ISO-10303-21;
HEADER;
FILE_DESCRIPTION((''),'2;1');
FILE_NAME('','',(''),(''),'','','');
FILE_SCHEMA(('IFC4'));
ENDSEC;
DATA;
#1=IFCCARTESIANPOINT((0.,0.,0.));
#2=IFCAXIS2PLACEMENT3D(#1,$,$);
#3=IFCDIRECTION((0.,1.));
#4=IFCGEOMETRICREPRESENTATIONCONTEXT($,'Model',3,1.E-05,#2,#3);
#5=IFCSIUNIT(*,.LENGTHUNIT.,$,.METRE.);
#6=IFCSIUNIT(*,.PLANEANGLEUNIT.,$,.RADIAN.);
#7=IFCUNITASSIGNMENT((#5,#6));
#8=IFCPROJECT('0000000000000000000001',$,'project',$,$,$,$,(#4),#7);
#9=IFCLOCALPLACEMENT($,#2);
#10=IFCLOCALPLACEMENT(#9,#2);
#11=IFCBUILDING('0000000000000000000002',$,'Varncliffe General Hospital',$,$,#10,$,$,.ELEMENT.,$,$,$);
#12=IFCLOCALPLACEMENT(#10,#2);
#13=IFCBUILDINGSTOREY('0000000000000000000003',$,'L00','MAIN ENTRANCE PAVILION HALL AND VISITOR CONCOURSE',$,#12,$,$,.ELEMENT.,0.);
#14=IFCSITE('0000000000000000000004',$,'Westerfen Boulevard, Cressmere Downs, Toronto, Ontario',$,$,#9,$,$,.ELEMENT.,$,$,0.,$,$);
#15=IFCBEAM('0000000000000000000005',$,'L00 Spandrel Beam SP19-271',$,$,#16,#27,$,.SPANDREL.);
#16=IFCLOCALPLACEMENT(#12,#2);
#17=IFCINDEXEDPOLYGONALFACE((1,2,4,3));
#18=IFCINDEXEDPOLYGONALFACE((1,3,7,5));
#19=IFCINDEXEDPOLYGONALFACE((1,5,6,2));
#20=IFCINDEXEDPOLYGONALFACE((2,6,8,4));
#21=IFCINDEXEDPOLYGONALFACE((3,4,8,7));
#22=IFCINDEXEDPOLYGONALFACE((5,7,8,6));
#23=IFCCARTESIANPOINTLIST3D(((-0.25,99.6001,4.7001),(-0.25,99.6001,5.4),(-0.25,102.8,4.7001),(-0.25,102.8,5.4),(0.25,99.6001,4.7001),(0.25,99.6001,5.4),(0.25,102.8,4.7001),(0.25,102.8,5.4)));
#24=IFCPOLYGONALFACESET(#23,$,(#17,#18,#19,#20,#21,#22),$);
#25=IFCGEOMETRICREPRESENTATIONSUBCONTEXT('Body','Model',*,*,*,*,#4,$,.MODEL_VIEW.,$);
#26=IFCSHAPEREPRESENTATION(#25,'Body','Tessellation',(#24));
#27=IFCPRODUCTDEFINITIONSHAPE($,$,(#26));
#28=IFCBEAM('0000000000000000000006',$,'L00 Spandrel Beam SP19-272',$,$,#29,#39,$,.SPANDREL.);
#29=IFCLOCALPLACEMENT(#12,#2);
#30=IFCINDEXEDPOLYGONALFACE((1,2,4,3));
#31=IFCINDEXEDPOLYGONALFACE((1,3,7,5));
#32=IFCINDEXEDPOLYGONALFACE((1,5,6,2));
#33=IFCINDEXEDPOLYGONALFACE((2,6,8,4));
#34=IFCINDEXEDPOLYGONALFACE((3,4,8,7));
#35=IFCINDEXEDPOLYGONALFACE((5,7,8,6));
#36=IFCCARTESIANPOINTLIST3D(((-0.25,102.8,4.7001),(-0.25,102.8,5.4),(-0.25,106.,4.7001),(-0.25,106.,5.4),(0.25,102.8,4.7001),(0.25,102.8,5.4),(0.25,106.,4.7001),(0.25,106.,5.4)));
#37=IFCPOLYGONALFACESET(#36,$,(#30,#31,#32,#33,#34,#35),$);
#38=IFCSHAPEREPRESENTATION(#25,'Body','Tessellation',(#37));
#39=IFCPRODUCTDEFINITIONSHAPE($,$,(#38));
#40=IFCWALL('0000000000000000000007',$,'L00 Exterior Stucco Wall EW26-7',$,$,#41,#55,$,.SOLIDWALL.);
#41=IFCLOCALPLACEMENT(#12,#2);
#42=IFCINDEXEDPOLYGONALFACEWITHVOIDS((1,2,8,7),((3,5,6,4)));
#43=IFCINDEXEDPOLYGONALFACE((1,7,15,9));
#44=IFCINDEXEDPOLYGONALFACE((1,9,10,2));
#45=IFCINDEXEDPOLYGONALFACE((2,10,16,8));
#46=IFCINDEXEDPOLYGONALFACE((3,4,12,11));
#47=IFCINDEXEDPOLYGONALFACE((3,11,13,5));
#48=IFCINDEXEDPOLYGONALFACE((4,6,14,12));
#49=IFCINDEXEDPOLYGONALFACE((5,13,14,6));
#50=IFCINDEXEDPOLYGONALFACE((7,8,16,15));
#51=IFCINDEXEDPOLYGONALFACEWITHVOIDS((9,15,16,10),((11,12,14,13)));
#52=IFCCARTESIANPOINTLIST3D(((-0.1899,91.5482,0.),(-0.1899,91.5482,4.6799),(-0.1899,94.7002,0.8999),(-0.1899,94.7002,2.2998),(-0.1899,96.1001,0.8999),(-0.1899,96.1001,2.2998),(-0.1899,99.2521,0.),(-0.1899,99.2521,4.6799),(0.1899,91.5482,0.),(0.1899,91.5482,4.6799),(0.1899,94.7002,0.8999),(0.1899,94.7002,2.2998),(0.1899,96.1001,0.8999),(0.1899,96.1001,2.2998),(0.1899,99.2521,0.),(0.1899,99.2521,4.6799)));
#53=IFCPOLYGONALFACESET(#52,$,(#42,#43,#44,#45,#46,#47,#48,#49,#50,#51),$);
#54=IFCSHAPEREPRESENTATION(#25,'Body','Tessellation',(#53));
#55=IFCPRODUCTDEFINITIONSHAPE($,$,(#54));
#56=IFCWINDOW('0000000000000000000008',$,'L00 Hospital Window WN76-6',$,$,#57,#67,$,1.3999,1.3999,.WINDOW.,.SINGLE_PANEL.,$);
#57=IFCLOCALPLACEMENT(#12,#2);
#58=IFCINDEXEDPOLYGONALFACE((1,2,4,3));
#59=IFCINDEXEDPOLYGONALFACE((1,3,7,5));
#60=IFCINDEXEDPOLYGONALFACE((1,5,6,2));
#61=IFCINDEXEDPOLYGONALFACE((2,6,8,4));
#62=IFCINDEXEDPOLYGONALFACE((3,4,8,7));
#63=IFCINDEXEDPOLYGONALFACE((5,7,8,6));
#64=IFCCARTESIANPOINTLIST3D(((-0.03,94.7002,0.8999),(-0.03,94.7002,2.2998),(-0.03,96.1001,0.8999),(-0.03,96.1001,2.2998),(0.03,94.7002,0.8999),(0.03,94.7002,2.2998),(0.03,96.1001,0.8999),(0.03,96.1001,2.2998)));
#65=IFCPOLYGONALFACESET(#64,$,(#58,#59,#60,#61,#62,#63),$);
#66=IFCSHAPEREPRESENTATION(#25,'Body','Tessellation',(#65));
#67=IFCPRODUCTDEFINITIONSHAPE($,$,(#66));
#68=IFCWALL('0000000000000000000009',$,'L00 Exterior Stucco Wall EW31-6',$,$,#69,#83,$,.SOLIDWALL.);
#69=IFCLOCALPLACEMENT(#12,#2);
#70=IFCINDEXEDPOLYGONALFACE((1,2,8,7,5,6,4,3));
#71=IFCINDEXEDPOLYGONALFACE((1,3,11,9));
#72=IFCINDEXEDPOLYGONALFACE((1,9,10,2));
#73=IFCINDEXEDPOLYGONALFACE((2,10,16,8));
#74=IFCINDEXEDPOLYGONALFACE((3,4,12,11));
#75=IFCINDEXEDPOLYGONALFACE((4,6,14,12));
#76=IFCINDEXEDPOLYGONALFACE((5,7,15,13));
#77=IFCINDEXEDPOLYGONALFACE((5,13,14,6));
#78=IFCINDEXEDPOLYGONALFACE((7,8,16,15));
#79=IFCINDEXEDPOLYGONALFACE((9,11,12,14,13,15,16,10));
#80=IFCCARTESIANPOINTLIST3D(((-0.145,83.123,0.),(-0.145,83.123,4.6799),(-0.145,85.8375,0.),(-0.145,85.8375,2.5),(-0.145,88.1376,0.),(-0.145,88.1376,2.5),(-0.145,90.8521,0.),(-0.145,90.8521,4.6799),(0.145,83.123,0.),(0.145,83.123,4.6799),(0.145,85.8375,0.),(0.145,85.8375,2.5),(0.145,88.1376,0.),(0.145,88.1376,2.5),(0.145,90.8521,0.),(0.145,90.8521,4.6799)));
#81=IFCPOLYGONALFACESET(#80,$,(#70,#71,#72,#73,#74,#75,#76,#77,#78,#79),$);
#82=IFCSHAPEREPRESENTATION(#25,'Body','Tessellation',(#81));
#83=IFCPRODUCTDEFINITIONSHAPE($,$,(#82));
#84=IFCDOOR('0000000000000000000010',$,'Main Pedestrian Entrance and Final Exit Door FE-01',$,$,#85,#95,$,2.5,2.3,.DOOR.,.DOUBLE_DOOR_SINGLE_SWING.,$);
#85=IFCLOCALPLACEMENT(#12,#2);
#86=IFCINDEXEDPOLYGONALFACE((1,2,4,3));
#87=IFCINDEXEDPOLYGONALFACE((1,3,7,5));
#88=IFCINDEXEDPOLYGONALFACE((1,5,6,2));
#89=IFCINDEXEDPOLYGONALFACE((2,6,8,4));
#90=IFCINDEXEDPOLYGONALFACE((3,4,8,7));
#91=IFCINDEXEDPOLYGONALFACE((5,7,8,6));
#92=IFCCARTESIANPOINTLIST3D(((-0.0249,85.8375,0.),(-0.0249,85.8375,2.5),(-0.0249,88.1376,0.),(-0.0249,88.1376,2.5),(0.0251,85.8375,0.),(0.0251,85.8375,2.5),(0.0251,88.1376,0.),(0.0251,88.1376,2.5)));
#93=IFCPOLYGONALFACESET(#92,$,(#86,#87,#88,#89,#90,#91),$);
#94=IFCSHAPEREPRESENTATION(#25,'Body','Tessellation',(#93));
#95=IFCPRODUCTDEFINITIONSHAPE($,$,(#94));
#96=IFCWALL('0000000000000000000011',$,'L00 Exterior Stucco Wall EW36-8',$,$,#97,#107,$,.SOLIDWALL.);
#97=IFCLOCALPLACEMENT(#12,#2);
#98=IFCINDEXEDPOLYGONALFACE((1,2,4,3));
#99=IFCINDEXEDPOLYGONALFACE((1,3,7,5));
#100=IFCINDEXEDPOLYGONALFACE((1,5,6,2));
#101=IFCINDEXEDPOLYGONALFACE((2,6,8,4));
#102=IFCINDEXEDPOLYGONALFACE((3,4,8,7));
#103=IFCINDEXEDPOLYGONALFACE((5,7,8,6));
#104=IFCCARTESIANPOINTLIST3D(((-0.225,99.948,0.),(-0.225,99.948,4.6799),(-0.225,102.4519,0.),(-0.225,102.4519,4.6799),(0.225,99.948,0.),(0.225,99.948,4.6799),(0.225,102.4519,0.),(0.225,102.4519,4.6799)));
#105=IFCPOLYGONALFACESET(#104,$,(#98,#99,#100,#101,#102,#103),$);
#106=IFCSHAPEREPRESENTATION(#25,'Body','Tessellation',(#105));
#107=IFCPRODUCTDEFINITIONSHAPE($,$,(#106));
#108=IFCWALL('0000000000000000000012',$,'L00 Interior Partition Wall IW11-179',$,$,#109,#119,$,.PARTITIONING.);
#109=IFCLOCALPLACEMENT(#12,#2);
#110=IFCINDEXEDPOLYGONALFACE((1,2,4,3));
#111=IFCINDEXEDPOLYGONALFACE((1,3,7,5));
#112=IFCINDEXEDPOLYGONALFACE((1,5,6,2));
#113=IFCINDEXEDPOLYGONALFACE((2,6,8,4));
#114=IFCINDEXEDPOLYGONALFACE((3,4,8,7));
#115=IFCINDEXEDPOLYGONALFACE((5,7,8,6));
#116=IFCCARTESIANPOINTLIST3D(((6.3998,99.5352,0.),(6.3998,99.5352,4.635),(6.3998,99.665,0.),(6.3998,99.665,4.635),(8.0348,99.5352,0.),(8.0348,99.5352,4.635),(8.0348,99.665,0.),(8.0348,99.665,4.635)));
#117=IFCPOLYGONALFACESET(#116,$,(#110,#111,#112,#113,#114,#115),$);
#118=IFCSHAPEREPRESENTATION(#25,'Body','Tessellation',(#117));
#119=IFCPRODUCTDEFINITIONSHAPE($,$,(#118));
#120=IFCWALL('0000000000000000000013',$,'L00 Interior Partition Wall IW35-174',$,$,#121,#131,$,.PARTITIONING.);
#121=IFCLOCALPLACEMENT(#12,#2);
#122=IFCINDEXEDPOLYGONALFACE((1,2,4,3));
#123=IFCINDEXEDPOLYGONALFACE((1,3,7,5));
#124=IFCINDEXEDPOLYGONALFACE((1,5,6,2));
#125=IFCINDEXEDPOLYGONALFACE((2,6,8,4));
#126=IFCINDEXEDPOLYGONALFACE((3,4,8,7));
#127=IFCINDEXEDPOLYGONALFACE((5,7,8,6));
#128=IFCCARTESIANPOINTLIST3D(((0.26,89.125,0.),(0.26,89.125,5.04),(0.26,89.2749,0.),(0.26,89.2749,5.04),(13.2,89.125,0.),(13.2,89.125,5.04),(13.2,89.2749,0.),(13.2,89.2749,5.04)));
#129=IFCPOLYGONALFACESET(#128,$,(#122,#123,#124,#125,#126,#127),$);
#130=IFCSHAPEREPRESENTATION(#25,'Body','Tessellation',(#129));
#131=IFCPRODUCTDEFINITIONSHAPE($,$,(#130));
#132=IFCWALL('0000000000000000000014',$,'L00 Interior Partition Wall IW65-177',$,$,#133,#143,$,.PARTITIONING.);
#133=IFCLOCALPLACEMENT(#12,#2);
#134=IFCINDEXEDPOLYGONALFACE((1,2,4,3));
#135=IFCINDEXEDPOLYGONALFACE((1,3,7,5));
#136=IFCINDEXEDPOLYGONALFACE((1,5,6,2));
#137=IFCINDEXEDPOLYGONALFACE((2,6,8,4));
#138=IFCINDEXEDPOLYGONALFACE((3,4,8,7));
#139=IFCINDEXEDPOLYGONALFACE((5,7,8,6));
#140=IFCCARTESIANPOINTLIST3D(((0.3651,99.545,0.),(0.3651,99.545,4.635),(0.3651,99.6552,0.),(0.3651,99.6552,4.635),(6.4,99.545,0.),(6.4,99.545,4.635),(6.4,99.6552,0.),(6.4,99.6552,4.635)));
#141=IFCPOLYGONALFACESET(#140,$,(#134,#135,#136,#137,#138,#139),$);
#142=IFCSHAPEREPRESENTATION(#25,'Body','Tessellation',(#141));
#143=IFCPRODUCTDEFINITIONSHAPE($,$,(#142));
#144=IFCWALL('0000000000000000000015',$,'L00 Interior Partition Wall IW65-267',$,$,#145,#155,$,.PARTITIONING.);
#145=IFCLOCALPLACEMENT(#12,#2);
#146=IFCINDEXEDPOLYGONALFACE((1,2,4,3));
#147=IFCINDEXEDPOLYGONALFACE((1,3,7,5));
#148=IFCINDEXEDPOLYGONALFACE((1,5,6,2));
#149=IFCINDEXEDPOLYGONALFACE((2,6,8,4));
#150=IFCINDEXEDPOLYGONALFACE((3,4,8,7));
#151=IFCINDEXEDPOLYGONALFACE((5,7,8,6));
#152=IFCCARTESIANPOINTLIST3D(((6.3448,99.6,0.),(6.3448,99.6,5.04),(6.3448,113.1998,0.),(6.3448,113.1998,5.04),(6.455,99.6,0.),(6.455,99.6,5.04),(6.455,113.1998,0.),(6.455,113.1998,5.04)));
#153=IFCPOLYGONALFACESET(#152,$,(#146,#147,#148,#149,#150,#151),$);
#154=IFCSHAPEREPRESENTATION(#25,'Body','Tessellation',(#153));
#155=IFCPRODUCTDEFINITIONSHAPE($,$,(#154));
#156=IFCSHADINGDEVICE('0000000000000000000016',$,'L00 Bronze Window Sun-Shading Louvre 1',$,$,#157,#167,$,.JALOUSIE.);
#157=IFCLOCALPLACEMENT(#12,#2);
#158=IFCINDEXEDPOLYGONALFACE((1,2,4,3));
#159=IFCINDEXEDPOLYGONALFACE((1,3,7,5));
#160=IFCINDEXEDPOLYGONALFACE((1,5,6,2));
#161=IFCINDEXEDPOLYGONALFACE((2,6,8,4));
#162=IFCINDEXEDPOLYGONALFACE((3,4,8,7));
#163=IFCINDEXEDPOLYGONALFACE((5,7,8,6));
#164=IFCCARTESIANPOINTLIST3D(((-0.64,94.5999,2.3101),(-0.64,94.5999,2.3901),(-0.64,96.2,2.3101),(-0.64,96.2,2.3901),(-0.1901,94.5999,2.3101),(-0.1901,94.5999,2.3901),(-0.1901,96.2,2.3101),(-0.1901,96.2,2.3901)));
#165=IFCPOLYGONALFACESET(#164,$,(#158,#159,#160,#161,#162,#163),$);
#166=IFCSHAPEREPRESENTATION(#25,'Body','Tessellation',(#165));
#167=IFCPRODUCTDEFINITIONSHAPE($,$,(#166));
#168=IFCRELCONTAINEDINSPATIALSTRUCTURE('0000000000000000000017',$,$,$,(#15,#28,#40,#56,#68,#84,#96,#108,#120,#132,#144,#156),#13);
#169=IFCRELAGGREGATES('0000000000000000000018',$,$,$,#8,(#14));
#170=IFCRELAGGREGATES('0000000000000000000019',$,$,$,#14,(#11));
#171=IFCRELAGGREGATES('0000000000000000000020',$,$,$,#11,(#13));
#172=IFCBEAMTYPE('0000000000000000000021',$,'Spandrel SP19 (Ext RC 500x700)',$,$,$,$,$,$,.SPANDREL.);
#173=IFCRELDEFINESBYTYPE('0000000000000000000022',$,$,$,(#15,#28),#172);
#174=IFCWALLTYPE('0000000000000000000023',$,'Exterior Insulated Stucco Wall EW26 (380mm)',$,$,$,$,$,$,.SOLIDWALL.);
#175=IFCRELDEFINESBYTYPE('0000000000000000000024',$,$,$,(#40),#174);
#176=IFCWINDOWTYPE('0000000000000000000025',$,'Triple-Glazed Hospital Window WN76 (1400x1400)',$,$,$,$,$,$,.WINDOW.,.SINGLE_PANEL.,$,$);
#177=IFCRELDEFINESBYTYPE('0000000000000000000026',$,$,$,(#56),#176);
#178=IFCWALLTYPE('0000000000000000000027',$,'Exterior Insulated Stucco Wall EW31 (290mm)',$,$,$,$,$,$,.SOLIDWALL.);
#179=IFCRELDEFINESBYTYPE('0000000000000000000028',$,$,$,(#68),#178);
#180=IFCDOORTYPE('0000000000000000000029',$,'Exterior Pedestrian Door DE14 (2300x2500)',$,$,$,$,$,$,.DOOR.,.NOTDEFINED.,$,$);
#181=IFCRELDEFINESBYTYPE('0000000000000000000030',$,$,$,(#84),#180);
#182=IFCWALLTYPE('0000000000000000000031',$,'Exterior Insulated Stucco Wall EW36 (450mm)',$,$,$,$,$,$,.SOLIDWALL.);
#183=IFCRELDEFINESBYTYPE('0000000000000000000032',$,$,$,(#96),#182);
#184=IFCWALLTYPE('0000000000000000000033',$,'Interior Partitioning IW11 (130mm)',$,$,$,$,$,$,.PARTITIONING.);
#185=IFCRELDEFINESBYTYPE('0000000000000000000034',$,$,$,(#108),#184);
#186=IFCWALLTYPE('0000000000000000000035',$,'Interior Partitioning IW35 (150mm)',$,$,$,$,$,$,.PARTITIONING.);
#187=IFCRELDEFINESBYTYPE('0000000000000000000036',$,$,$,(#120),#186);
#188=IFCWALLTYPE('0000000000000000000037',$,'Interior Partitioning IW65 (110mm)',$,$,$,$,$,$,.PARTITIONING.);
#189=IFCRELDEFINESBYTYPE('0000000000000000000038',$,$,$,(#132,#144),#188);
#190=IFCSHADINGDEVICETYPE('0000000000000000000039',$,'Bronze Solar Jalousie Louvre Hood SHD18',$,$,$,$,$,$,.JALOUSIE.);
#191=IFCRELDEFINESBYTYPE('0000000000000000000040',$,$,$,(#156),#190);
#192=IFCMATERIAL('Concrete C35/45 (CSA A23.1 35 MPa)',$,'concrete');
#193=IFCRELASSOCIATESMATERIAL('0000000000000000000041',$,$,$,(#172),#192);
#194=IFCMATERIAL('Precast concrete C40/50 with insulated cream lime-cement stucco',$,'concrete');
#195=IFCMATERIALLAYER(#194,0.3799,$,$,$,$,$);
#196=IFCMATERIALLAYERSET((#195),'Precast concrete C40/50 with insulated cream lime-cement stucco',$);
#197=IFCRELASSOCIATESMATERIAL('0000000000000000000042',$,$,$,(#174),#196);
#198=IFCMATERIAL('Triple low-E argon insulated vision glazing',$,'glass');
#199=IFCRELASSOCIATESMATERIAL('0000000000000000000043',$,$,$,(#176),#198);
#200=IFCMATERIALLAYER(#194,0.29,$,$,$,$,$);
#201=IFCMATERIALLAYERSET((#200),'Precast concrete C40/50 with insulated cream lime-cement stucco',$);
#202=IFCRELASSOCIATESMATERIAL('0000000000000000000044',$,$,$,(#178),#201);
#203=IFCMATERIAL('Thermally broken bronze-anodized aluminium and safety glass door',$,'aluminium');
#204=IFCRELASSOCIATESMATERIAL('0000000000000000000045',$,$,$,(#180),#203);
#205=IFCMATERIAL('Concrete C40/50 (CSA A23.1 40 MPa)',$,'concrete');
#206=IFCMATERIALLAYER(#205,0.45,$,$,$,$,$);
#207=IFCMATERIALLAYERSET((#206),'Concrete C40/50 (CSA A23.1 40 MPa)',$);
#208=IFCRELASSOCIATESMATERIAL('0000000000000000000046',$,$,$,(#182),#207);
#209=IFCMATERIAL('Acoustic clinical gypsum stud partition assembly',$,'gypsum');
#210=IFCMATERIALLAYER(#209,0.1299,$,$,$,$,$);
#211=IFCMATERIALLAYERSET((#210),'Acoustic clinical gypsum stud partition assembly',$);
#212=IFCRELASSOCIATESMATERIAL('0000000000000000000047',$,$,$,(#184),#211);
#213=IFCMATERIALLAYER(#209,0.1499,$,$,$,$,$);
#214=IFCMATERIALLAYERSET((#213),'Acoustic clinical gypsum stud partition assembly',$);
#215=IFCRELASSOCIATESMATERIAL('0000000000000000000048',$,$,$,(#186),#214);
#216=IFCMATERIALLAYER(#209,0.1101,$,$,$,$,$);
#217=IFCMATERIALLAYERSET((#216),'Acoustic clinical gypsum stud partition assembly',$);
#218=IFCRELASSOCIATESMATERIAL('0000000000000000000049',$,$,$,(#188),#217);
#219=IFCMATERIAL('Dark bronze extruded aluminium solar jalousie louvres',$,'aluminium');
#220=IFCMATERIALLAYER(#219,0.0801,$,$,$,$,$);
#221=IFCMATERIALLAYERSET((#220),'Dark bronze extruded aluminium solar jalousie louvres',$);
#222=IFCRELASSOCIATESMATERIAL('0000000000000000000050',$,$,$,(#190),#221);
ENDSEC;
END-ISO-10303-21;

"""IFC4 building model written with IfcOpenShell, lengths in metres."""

from ifc_helpers import new_model, si_unit, direction, frame, frame_2d, origin, origin_2d, place, context, subcontext, project, spatial, rectangle, extrude, material, layer, layer_set, material_profile, profile_set, type_object, element, fill, save


model = new_model("IFC4")

# Units and contexts
model_context = context("Model", 3, precision=1e-05, world=origin(), true_north=direction((0.0, 1.0)))
body_context = subcontext(model_context, "Body", "Model", "MODEL_VIEW")
ifc_project = project(units=[si_unit("LENGTHUNIT", "METRE"), si_unit("PLANEANGLEUNIT", "RADIAN")], contexts=[model_context])

# Site, building, storey
site_placement = place(None, origin())
site = spatial("IfcSite", under=ifc_project, at=site_placement, Name="Westerfen Boulevard, Cressmere Downs, Toronto, Ontario", CompositionType="ELEMENT", RefElevation=0.0)
building_placement = place(site_placement, origin())
building = spatial("IfcBuilding", under=site, at=building_placement, Name="Varncliffe General Hospital", CompositionType="ELEMENT")
storey_placement = place(building_placement, origin())
storey = spatial("IfcBuildingStorey", under=building, at=storey_placement, Name="L00", Description="MAIN ENTRANCE PAVILION HALL AND VISITOR CONCOURSE", CompositionType="ELEMENT", Elevation=0.0)

# Shared definitions
ifc_material_1 = material(Name="Concrete C40/50 (CSA A23.1 40 MPa)", Category="concrete")

# Beams
ifc_material_2 = material(Name="Concrete C35/45 (CSA A23.1 35 MPa)", Category="concrete")
ifc_material_profile_1 = material_profile(ifc_material_2, rectangle(XDim=0.5, YDim=0.7, at=origin_2d()), Name="RC 500x700")
ifc_profile_set_1 = profile_set([ifc_material_profile_1], Name="Concrete C35/45 (CSA A23.1 35 MPa)")
beam_type_1 = type_object("IfcBeamType", Name="Spandrel SP19 (Ext RC 500x700)", PredefinedType="SPANDREL", material=ifc_profile_set_1)
for number, where, z_axis, x_axis, name in (
    (1, (0.0, 99.6001, 5.05), (0.0, 1.0, 0.0), (-1.0, 0.0, 0.0), "L00 Spandrel Beam SP19-271"),
    (2, (0.0, 102.8, 5.05), (0.0, 1.0, 0.0), (-1.0, 0.0, 0.0), "L00 Spandrel Beam SP19-272"),
):
    element("IfcBeam", number, at=place(storey_placement, frame(where, z_axis=z_axis, x_axis=x_axis)), inside=storey, type_object=beam_type_1, Name=name, PredefinedType="SPANDREL", context=body_context, shape_type="SweptSolid", body=[
        extrude(rectangle(XDim=0.5, YDim=0.7, at=origin_2d()), origin(), (0.0, 0.0, 1.0), 3.2),
    ])

# Wall, opening, window
ifc_material_3 = material(Name="Precast concrete C40/50 with insulated cream lime-cement stucco", Category="concrete")
ifc_layer_1 = layer(ifc_material_3, 0.3799)
ifc_layer_set_1 = layer_set([ifc_layer_1], Name="Precast concrete C40/50 with insulated cream lime-cement stucco")
wall_type_1 = type_object("IfcWallType", Name="Exterior Insulated Stucco Wall EW26 (380mm)", PredefinedType="SOLIDWALL", material=ifc_layer_set_1)
wall_1_placement = place(storey_placement, frame((0.0, 91.5481, 0.0), z_axis=(0.0, 0.0, 1.0), x_axis=(0.0, 1.0, 0.0)))
wall_1 = element("IfcWall", 3, at=wall_1_placement, inside=storey, type_object=wall_type_1, Name="L00 Exterior Stucco Wall EW26-7", PredefinedType="SOLIDWALL", context=body_context, shape_type="SweptSolid", body=[
    extrude(rectangle(XDim=7.7039, YDim=0.3799, at=frame_2d((3.8521, 0.0))), origin(), (0.0, 0.0, 1.0), 4.6799),
])
opening_1_placement = place(wall_1_placement, frame((3.1521, 0.0, 0.8999)))
opening_1 = element("IfcOpeningElement", 4, at=opening_1_placement, cuts=wall_1, PredefinedType="OPENING", context=body_context, shape_type="SweptSolid", body=[
    extrude(rectangle(XDim=1.3999, YDim=1.3999, at=frame_2d((0.7, 0.7))), frame((0.0, 0.2, 0.0), z_axis=(0.0, -1.0, 0.0), x_axis=(1.0, 0.0, 0.0)), (0.0, 0.0, 1.0), 0.3999),
])
ifc_material_4 = material(Name="Triple low-E argon insulated vision glazing", Category="glass")
window_type = type_object("IfcWindowType", Name="Triple-Glazed Hospital Window WN76 (1400x1400)", PartitioningType="SINGLE_PANEL", PredefinedType="WINDOW", material=ifc_material_4)
window_placement = place(opening_1_placement, origin())
window = element("IfcWindow", 5, at=window_placement, inside=storey, type_object=window_type, Name="L00 Hospital Window WN76-6", OverallHeight=1.3999, OverallWidth=1.3999, PartitioningType="SINGLE_PANEL", PredefinedType="WINDOW", context=body_context, shape_type="SweptSolid", body=[
    extrude(rectangle(XDim=1.3999, YDim=1.3999, at=frame_2d((0.7, 0.7))), frame((0.0, 0.03, 0.0), z_axis=(0.0, -1.0, 0.0), x_axis=(1.0, 0.0, 0.0)), (0.0, 0.0, 1.0), 0.0601),
])
fill(opening_1, window)

# Wall, opening, door
ifc_layer_2 = layer(ifc_material_3, 0.29)
ifc_layer_set_2 = layer_set([ifc_layer_2], Name="Precast concrete C40/50 with insulated cream lime-cement stucco")
wall_type_2 = type_object("IfcWallType", Name="Exterior Insulated Stucco Wall EW31 (290mm)", PredefinedType="SOLIDWALL", material=ifc_layer_set_2)
wall_2_placement = place(storey_placement, frame((0.0, 83.123, 0.0), z_axis=(0.0, 0.0, 1.0), x_axis=(0.0, 1.0, 0.0)))
wall_2 = element("IfcWall", 6, at=wall_2_placement, inside=storey, type_object=wall_type_2, Name="L00 Exterior Stucco Wall EW31-6", PredefinedType="SOLIDWALL", context=body_context, shape_type="SweptSolid", body=[
    extrude(rectangle(XDim=7.729, YDim=0.29, at=frame_2d((3.8645, 0.0))), origin(), (0.0, 0.0, 1.0), 4.6799),
])
opening_2_placement = place(wall_2_placement, frame((2.7146, 0.0, 0.0)))
opening_2 = element("IfcOpeningElement", 7, at=opening_2_placement, cuts=wall_2, PredefinedType="OPENING", context=body_context, shape_type="SweptSolid", body=[
    extrude(rectangle(XDim=2.3, YDim=2.5, at=frame_2d((1.1499, 1.25))), frame((0.0, 0.155, 0.0), z_axis=(0.0, -1.0, 0.0), x_axis=(1.0, 0.0, 0.0)), (0.0, 0.0, 1.0), 0.3101),
])
ifc_material_5 = material(Name="Thermally broken bronze-anodized aluminium and safety glass door", Category="aluminium")
door_type = type_object("IfcDoorType", Name="Exterior Pedestrian Door DE14 (2300x2500)", OperationType="NOTDEFINED", PredefinedType="DOOR", material=ifc_material_5)
door_placement = place(opening_2_placement, origin())
door = element("IfcDoor", 8, at=door_placement, inside=storey, type_object=door_type, Name="Main Pedestrian Entrance and Final Exit Door FE-01", OperationType="DOUBLE_DOOR_SINGLE_SWING", OverallHeight=2.5, OverallWidth=2.3, PredefinedType="DOOR", context=body_context, shape_type="SweptSolid", body=[
    extrude(rectangle(XDim=2.3, YDim=2.5, at=frame_2d((1.1499, 1.25))), frame((0.0, 0.0249, 0.0), z_axis=(0.0, -1.0, 0.0), x_axis=(1.0, 0.0, 0.0)), (0.0, 0.0, 1.0), 0.05),
])
fill(opening_2, door)

# Walls
ifc_layer_3 = layer(ifc_material_1, 0.45)
ifc_layer_set_3 = layer_set([ifc_layer_3], Name="Concrete C40/50 (CSA A23.1 40 MPa)")
wall_type_3 = type_object("IfcWallType", Name="Exterior Insulated Stucco Wall EW36 (450mm)", PredefinedType="SOLIDWALL", material=ifc_layer_set_3)
wall_3_placement = place(storey_placement, frame((0.0, 99.948, 0.0), z_axis=(0.0, 0.0, 1.0), x_axis=(0.0, 1.0, 0.0)))
element("IfcWall", 9, at=wall_3_placement, inside=storey, type_object=wall_type_3, Name="L00 Exterior Stucco Wall EW36-8", PredefinedType="SOLIDWALL", context=body_context, shape_type="SweptSolid", body=[
    extrude(rectangle(XDim=2.5039, YDim=0.45, at=frame_2d((1.252, 0.0))), origin(), (0.0, 0.0, 1.0), 4.6799),
])
ifc_material_6 = material(Name="Acoustic clinical gypsum stud partition assembly", Category="gypsum")
ifc_layer_4 = layer(ifc_material_6, 0.1299)
ifc_layer_set_4 = layer_set([ifc_layer_4], Name="Acoustic clinical gypsum stud partition assembly")
wall_type_4 = type_object("IfcWallType", Name="Interior Partitioning IW11 (130mm)", PredefinedType="PARTITIONING", material=ifc_layer_set_4)
wall_4_placement = place(storey_placement, frame((6.3999, 99.6001, 0.0), z_axis=(0.0, 0.0, 1.0), x_axis=(1.0, 0.0, 0.0)))
element("IfcWall", 10, at=wall_4_placement, inside=storey, type_object=wall_type_4, Name="L00 Interior Partition Wall IW11-179", PredefinedType="PARTITIONING", context=body_context, shape_type="SweptSolid", body=[
    extrude(rectangle(XDim=1.635, YDim=0.1299, at=frame_2d((0.8174, 0.0))), origin(), (0.0, 0.0, 1.0), 4.635),
])
ifc_layer_5 = layer(ifc_material_6, 0.1499)
ifc_layer_set_5 = layer_set([ifc_layer_5], Name="Acoustic clinical gypsum stud partition assembly")
wall_type_5 = type_object("IfcWallType", Name="Interior Partitioning IW35 (150mm)", PredefinedType="PARTITIONING", material=ifc_layer_set_5)
wall_5_placement = place(storey_placement, frame((0.26, 89.2, 0.0), z_axis=(0.0, 0.0, 1.0), x_axis=(1.0, 0.0, 0.0)))
element("IfcWall", 11, at=wall_5_placement, inside=storey, type_object=wall_type_5, Name="L00 Interior Partition Wall IW35-174", PredefinedType="PARTITIONING", context=body_context, shape_type="SweptSolid", body=[
    extrude(rectangle(XDim=12.9399, YDim=0.1499, at=frame_2d((6.47, 0.0))), origin(), (0.0, 0.0, 1.0), 5.04),
])
ifc_layer_6 = layer(ifc_material_6, 0.1101)
ifc_layer_set_6 = layer_set([ifc_layer_6], Name="Acoustic clinical gypsum stud partition assembly")
wall_type_6 = type_object("IfcWallType", Name="Interior Partitioning IW65 (110mm)", PredefinedType="PARTITIONING", material=ifc_layer_set_6)
wall_6_placement = place(storey_placement, frame((0.365, 99.6001, 0.0), z_axis=(0.0, 0.0, 1.0), x_axis=(1.0, 0.0, 0.0)))
element("IfcWall", 12, at=wall_6_placement, inside=storey, type_object=wall_type_6, Name="L00 Interior Partition Wall IW65-177", PredefinedType="PARTITIONING", context=body_context, shape_type="SweptSolid", body=[
    extrude(rectangle(XDim=6.0349, YDim=0.1101, at=frame_2d((3.0176, 0.0))), origin(), (0.0, 0.0, 1.0), 4.635),
])
wall_7_placement = place(storey_placement, frame((6.3999, 99.6001, 0.0), z_axis=(0.0, 0.0, 1.0), x_axis=(0.0, 1.0, 0.0)))
element("IfcWall", 13, at=wall_7_placement, inside=storey, type_object=wall_type_6, Name="L00 Interior Partition Wall IW65-267", PredefinedType="PARTITIONING", context=body_context, shape_type="SweptSolid", body=[
    extrude(rectangle(XDim=13.5999, YDim=0.1101, at=frame_2d((6.7998, 0.0))), origin(), (0.0, 0.0, 1.0), 5.04),
])

# Shading device
ifc_material_7 = material(Name="Dark bronze extruded aluminium solar jalousie louvres", Category="aluminium")
ifc_layer_7 = layer(ifc_material_7, 0.0801)
ifc_layer_set_7 = layer_set([ifc_layer_7], Name="Dark bronze extruded aluminium solar jalousie louvres")
shading_device_type = type_object("IfcShadingDeviceType", Name="Bronze Solar Jalousie Louvre Hood SHD18", PredefinedType="JALOUSIE", material=ifc_layer_set_7)
shading_device_placement = place(storey_placement, frame((-0.415, 95.3999, 2.3101), z_axis=(0.0, 0.0, 1.0), x_axis=(0.0, 1.0, 0.0)))
element("IfcShadingDevice", 14, at=shading_device_placement, inside=storey, type_object=shading_device_type, Name="L00 Bronze Window Sun-Shading Louvre 1", PredefinedType="JALOUSIE", context=body_context, shape_type="SweptSolid", body=[
    extrude(rectangle(XDim=1.6001, YDim=0.45, at=origin_2d()), origin(), (0.0, 0.0, 1.0), 0.0801),
])

save(model, "model.ifc")
